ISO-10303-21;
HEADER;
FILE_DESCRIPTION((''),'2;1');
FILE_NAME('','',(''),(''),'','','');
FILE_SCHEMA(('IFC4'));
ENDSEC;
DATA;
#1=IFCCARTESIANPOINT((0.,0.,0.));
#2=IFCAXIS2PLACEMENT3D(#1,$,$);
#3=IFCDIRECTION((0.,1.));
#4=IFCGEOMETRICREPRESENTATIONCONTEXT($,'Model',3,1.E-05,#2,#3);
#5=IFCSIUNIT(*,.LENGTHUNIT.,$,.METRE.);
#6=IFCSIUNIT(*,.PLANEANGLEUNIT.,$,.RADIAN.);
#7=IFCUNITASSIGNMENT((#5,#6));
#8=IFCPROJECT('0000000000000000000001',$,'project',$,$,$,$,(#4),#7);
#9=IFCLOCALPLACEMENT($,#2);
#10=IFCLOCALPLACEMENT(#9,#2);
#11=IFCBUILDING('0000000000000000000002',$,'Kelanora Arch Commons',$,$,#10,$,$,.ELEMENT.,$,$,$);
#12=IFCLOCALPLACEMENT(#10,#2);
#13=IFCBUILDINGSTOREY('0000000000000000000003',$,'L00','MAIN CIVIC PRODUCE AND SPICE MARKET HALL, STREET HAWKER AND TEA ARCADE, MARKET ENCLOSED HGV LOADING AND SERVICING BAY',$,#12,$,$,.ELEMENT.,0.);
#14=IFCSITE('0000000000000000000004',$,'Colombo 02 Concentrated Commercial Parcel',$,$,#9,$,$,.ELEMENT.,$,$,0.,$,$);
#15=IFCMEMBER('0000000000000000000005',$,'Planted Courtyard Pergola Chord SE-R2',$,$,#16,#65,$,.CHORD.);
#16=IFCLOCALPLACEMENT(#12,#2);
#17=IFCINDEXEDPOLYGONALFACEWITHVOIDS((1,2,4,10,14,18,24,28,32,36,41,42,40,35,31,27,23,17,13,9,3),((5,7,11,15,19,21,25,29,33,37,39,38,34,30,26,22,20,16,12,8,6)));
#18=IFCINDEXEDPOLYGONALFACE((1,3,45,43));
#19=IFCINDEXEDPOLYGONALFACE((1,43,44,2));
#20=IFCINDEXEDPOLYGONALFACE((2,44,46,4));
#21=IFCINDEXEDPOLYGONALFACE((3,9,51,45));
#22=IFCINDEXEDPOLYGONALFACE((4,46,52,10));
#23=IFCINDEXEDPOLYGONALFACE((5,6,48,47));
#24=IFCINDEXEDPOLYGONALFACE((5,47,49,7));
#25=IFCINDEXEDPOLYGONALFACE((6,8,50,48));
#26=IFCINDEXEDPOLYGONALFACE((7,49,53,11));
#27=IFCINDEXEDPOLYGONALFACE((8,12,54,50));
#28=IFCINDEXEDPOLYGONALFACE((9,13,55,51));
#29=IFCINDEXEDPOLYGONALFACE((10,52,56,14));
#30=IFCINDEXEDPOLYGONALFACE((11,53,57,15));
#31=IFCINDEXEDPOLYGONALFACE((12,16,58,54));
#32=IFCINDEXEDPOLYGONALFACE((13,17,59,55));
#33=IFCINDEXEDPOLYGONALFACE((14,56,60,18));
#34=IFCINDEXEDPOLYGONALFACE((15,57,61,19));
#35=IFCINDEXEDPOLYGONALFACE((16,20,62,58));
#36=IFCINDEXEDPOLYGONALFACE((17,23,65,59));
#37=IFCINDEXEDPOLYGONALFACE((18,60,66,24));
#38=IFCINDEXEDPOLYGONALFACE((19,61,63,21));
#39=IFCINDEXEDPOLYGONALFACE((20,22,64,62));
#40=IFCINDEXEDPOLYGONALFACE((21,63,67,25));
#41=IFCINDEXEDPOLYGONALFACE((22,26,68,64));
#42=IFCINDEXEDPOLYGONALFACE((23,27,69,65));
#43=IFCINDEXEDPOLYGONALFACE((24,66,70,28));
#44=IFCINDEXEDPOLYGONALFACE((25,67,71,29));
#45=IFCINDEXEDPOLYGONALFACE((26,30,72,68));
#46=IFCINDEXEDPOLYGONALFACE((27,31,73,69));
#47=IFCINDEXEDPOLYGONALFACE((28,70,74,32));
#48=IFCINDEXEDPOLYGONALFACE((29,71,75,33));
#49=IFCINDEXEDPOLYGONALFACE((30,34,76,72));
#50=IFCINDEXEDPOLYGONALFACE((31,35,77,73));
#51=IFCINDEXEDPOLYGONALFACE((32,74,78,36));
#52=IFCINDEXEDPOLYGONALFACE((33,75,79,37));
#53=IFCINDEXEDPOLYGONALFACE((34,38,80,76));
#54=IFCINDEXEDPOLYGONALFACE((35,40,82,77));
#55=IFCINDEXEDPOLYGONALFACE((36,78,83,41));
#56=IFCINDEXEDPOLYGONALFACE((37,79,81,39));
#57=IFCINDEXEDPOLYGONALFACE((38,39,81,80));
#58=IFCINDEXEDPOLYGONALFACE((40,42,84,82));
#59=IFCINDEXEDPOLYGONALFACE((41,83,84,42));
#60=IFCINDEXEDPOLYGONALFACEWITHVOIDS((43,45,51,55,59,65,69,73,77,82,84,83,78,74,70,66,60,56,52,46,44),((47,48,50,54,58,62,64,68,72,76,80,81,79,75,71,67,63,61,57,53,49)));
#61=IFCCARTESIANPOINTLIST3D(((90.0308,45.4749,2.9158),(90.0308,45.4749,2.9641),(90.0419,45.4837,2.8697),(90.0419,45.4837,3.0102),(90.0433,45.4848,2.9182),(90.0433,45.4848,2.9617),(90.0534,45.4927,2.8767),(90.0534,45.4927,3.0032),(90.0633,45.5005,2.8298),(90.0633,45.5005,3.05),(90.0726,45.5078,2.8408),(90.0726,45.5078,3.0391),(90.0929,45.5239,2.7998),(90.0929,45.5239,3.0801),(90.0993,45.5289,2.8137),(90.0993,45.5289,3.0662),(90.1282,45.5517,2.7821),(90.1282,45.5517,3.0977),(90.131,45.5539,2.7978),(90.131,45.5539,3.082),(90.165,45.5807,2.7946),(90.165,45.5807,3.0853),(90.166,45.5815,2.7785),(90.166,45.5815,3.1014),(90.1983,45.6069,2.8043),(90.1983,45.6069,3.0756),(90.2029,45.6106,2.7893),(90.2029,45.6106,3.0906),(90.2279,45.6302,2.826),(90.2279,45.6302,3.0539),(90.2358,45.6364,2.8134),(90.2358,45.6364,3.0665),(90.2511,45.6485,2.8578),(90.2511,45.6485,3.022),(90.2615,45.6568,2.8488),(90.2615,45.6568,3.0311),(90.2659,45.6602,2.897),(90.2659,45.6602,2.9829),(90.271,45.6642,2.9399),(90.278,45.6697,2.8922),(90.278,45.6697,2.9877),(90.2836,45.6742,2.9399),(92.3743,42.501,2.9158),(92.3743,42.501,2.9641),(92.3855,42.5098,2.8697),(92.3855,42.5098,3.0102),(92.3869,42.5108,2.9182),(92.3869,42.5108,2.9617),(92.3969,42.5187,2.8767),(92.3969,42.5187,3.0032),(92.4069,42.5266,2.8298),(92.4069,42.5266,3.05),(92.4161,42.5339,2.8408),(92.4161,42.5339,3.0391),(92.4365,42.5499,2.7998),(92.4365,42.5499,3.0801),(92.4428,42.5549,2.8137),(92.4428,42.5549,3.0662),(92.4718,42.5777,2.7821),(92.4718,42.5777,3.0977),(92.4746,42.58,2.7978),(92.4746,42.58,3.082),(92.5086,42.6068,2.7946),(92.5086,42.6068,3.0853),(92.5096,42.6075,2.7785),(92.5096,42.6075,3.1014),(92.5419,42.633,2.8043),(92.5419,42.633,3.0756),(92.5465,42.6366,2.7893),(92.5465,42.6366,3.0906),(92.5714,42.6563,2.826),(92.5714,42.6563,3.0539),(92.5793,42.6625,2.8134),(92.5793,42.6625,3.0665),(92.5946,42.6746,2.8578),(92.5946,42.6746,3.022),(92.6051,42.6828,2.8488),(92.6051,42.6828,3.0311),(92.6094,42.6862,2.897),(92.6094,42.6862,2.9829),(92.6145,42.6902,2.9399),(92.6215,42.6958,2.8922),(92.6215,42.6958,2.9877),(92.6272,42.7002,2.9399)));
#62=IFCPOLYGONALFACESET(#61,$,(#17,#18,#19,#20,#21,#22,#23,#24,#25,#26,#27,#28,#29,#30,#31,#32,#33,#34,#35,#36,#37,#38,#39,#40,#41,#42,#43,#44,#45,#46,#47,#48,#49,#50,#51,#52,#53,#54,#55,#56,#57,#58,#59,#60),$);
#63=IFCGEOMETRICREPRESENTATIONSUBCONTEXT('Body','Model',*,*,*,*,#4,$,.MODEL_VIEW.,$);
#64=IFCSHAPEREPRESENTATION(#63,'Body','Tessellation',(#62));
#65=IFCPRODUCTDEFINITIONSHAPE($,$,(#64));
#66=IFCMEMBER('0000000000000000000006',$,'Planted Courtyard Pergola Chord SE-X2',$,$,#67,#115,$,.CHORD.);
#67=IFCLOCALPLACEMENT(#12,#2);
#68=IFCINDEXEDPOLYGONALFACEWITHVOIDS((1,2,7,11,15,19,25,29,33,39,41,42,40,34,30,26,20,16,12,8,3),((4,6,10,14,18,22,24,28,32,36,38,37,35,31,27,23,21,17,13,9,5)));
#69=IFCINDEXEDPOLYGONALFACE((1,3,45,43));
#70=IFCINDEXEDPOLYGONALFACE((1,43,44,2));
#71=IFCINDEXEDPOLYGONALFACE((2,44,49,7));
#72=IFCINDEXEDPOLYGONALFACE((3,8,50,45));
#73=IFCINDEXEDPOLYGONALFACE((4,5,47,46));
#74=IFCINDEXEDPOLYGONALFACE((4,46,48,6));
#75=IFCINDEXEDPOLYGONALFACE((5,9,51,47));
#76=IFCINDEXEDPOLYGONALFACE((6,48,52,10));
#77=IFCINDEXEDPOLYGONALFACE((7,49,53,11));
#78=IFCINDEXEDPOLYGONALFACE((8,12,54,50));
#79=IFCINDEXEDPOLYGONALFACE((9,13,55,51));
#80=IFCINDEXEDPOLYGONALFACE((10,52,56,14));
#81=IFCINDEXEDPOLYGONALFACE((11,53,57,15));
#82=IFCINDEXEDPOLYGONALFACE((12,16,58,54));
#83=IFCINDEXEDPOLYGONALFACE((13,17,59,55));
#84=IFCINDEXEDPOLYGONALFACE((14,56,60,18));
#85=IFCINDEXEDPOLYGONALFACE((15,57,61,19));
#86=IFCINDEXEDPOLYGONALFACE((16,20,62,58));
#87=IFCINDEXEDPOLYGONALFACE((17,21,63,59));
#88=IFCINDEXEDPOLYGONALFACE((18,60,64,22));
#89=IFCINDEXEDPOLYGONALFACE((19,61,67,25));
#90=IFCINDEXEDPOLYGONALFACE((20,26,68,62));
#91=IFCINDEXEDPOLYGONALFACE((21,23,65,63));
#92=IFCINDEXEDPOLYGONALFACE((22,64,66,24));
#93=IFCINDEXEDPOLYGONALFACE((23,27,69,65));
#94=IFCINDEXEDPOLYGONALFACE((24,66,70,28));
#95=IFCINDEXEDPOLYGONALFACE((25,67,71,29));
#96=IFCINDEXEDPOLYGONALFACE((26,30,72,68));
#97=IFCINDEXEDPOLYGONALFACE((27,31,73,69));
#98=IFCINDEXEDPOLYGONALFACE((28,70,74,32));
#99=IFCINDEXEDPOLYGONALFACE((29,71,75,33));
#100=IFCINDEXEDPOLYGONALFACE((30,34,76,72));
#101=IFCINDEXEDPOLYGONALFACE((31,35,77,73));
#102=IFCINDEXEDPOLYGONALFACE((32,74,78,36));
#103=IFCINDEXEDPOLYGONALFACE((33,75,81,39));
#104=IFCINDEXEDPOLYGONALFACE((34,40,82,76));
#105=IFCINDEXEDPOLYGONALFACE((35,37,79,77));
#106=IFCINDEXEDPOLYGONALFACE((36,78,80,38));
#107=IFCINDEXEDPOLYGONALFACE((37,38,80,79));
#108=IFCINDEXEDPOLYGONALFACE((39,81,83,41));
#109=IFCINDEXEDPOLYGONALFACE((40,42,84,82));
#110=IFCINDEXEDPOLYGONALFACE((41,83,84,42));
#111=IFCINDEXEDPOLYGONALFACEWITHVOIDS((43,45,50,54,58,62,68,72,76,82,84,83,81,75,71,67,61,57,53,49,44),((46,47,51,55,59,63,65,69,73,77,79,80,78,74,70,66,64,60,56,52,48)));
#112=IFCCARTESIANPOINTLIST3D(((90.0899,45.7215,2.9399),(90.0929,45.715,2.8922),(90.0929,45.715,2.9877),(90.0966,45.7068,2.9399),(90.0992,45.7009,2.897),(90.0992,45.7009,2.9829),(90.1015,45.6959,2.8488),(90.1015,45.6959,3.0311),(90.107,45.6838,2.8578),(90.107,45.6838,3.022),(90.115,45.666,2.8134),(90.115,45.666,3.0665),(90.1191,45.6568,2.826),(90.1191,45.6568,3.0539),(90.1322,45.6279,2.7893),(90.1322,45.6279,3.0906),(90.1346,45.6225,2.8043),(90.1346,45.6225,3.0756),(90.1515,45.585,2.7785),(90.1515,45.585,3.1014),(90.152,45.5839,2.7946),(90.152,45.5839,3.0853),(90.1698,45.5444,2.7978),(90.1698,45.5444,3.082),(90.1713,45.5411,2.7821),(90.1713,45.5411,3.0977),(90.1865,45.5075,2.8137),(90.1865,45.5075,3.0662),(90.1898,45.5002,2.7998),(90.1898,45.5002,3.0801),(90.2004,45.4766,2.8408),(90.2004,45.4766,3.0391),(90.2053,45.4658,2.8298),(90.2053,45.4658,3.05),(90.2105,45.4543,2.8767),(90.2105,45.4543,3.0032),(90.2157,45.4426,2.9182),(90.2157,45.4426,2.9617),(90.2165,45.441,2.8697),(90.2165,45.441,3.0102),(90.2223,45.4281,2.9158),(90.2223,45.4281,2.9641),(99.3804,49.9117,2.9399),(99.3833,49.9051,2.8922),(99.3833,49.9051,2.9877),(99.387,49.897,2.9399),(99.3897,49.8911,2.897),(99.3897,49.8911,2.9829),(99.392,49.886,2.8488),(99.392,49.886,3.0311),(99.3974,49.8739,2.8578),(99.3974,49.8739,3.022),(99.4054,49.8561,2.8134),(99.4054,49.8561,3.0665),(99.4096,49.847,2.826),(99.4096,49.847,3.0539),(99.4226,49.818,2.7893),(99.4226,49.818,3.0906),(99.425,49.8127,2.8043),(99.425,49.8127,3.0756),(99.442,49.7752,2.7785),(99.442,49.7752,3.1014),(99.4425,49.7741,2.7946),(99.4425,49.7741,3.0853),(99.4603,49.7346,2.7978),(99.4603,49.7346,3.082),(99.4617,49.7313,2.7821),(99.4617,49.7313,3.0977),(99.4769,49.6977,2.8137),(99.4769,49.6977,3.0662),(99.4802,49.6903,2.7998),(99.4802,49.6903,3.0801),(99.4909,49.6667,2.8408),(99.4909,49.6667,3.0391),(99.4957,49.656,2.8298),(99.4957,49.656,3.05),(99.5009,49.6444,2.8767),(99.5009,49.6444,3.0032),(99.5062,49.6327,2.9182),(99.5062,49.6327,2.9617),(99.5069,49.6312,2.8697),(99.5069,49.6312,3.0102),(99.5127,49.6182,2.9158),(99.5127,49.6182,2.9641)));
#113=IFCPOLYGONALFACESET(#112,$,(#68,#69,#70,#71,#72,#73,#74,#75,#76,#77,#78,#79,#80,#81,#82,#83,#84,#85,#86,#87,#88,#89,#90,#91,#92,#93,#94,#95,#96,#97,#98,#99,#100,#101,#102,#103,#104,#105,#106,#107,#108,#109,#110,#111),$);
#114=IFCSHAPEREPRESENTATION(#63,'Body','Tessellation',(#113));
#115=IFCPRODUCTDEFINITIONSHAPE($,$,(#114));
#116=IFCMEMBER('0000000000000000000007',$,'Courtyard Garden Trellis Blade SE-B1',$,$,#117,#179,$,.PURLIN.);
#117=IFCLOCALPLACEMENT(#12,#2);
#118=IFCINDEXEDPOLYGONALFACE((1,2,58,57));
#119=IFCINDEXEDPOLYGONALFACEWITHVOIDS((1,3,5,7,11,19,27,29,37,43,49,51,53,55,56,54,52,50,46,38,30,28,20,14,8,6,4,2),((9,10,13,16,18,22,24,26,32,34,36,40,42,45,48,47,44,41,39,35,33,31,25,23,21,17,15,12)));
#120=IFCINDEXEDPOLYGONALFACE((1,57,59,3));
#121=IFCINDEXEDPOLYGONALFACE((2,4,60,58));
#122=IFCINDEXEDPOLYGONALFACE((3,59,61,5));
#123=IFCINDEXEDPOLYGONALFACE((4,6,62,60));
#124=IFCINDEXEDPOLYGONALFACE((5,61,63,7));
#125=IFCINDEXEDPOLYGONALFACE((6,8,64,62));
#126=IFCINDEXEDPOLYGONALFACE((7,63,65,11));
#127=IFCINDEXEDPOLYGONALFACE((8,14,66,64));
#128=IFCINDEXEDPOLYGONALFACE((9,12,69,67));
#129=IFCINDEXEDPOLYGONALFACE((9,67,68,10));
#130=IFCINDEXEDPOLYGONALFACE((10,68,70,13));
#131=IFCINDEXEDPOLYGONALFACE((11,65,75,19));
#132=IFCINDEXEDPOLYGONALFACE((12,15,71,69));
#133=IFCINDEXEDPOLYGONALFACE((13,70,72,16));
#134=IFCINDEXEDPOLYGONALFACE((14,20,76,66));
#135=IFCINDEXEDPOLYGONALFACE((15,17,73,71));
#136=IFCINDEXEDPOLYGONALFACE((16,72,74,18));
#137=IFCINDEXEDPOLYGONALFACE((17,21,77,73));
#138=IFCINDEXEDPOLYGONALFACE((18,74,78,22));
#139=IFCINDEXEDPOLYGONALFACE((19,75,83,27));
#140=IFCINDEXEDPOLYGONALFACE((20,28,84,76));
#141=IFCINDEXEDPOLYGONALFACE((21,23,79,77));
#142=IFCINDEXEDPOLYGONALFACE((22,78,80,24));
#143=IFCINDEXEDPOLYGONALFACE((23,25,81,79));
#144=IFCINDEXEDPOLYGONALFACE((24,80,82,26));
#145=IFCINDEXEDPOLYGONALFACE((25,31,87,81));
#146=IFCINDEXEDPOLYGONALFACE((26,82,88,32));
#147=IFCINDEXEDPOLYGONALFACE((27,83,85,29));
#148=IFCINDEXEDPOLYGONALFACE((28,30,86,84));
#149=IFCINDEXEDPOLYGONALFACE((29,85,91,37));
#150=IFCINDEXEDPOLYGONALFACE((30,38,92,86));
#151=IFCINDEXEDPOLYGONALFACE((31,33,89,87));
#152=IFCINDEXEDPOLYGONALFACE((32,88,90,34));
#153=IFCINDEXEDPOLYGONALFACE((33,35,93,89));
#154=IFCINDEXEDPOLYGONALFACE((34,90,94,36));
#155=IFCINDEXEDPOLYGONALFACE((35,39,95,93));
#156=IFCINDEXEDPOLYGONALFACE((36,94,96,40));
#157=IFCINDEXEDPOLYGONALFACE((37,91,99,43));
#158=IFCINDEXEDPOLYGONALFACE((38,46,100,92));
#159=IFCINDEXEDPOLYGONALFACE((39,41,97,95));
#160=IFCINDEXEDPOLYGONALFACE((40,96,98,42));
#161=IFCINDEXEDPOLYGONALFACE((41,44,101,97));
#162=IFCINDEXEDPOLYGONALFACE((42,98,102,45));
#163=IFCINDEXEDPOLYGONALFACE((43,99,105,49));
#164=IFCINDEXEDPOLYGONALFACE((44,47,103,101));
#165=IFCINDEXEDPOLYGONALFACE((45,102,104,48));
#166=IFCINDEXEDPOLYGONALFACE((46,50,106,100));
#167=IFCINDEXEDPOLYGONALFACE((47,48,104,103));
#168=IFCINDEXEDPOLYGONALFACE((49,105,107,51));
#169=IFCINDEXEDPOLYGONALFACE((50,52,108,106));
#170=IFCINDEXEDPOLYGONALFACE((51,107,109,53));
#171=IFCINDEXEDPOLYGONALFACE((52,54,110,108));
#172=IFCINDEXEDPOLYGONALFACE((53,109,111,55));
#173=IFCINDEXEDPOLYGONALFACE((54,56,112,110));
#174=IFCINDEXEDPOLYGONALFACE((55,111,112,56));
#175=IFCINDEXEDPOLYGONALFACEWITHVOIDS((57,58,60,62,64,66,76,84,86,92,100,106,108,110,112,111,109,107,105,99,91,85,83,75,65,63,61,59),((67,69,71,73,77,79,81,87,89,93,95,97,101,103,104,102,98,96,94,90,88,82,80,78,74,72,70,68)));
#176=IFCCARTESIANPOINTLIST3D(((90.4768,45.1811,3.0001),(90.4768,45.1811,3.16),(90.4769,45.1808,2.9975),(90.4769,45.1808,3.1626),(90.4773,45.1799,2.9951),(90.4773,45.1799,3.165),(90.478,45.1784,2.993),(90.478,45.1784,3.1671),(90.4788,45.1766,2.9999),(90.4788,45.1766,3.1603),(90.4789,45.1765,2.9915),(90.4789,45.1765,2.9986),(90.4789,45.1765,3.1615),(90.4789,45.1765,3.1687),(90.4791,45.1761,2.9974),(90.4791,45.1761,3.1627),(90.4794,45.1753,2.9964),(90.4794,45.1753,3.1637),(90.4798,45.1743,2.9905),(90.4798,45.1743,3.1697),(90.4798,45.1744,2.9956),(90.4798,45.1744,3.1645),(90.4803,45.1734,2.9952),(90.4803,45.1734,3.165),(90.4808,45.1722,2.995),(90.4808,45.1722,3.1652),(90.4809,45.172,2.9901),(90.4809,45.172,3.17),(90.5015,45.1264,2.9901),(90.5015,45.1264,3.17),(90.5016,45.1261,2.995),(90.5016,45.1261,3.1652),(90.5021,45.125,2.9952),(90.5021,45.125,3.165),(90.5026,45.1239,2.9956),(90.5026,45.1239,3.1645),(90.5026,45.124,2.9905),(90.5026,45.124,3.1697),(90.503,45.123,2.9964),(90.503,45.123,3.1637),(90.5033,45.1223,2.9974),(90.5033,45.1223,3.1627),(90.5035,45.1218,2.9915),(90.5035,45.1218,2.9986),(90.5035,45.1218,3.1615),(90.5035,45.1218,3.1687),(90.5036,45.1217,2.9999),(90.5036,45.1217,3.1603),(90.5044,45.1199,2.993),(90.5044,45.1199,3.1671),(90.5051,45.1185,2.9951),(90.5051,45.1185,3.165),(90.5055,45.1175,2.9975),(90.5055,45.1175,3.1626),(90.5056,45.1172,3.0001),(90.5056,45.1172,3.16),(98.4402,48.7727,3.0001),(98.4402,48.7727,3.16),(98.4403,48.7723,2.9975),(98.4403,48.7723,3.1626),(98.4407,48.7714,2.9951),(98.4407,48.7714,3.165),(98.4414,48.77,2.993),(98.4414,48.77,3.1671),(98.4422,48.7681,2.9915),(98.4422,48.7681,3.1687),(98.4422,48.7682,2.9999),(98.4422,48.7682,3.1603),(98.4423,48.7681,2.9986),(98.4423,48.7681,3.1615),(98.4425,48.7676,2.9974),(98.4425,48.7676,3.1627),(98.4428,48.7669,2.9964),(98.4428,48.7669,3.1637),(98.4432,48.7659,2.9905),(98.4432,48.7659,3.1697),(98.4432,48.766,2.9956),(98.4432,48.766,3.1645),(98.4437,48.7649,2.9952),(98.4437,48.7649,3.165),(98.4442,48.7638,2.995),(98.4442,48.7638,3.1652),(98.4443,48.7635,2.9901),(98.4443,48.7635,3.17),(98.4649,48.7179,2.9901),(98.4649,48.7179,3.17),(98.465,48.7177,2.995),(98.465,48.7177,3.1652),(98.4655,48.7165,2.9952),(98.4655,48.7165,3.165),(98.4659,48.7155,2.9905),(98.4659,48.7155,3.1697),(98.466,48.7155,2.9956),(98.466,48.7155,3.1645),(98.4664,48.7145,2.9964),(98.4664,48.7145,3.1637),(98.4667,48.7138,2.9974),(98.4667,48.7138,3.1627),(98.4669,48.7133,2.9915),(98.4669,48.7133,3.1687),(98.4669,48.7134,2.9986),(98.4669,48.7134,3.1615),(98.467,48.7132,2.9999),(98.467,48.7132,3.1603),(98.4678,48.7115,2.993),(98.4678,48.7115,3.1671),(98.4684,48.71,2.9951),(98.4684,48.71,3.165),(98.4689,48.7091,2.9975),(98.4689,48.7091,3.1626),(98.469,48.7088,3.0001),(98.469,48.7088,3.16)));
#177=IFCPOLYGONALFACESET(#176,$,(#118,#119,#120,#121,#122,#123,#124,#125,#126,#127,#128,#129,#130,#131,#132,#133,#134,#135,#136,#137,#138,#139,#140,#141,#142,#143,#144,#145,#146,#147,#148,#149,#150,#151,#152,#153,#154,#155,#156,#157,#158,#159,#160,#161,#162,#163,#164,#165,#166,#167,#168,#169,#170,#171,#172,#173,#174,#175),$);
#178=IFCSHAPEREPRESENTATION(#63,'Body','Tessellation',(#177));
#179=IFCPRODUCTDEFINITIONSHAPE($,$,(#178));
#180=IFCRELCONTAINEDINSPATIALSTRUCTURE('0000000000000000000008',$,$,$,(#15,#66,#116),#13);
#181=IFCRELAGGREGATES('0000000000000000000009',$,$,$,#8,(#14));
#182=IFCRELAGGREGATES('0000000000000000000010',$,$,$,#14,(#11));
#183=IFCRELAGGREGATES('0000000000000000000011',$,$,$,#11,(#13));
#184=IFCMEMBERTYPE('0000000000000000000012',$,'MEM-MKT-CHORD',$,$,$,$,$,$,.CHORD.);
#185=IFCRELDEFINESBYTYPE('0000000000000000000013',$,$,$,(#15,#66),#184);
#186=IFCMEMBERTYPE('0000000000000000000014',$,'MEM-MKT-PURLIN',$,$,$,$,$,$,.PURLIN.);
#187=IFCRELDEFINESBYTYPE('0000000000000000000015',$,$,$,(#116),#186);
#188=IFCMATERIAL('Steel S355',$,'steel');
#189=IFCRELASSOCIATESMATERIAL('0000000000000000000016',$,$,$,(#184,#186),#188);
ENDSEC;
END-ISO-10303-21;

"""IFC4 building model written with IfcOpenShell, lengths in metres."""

from ifc_helpers import new_model, si_unit, direction, frame, origin, origin_2d, place, context, subcontext, project, spatial, hollow_rectangle, hollow_circle, extrude, material, material_profile, profile_set, type_object, element, save


model = new_model("IFC4")

# Units and contexts
model_context = context("Model", 3, precision=1e-05, world=origin(), true_north=direction((0.0, 1.0)))
body_context = subcontext(model_context, "Body", "Model", "MODEL_VIEW")
ifc_project = project(units=[si_unit("LENGTHUNIT", "METRE"), si_unit("PLANEANGLEUNIT", "RADIAN")], contexts=[model_context])

# Site, building, storey
site_placement = place(None, origin())
site = spatial("IfcSite", under=ifc_project, at=site_placement, Name="Colombo 02 Concentrated Commercial Parcel", CompositionType="ELEMENT", RefElevation=0.0)
building_placement = place(site_placement, origin())
building = spatial("IfcBuilding", under=site, at=building_placement, Name="Kelanora Arch Commons", CompositionType="ELEMENT")
storey_placement = place(building_placement, origin())
storey = spatial("IfcBuildingStorey", under=building, at=storey_placement, Name="L00", Description="MAIN CIVIC PRODUCE AND SPICE MARKET HALL, STREET HAWKER AND TEA ARCADE, MARKET ENCLOSED HGV LOADING AND SERVICING BAY", CompositionType="ELEMENT", Elevation=0.0)

# Shared definitions
ifc_material_1 = material(Name="Steel S355", Category="steel")

# Members
ifc_material_profile_1 = material_profile(ifc_material_1, hollow_circle(Radius=0.1619, WallThickness=0.0161, at=origin_2d()), Name="CHS323.9x16")
ifc_profile_set_1 = profile_set([ifc_material_profile_1], Name="Steel S355")
member_type_1 = type_object("IfcMemberType", Name="MEM-MKT-CHORD", PredefinedType="CHORD", material=ifc_profile_set_1)
member_1_placement = place(storey_placement, frame((90.1565, 45.574, 2.9399), z_axis=(0.618946, -0.785434, 0.0), x_axis=(0.785434, 0.618946, 0.0)))
element("IfcMember", 1, at=member_1_placement, inside=storey, type_object=member_type_1, Name="Planted Courtyard Pergola Chord SE-R2", PredefinedType="CHORD", context=body_context, shape_type="SweptSolid", body=[
    extrude(hollow_circle(Radius=0.1619, WallThickness=0.0161, at=origin_2d()), origin(), (0.0, 0.0, 1.0), 3.7864),
])
member_2_placement = place(storey_placement, frame((90.1565, 45.574, 2.9399), z_axis=(0.911574, 0.411135, 0.0), x_axis=(-0.411135, 0.911574, 0.0)))
element("IfcMember", 2, at=member_2_placement, inside=storey, type_object=member_type_1, Name="Planted Courtyard Pergola Chord SE-X2", PredefinedType="CHORD", context=body_context, shape_type="SweptSolid", body=[
    extrude(hollow_circle(Radius=0.1619, WallThickness=0.0161, at=origin_2d()), origin(), (0.0, 0.0, 1.0), 10.1917),
])
ifc_material_profile_2 = material_profile(ifc_material_1, hollow_rectangle(XDim=0.0701, YDim=0.1799, WallThickness=0.0049, InnerFilletRadius=0.0049, OuterFilletRadius=0.01, at=origin_2d()), Name="RHS180x70x5")
ifc_profile_set_2 = profile_set([ifc_material_profile_2], Name="Steel S355")
member_type_2 = type_object("IfcMemberType", Name="MEM-MKT-PURLIN", PredefinedType="PURLIN", material=ifc_profile_set_2)
member_3_placement = place(storey_placement, frame((98.4546, 48.7407, 3.0801), z_axis=(-0.911577, -0.411129, 0.0), x_axis=(0.411129, -0.911577, 0.0)))
element("IfcMember", 3, at=member_3_placement, inside=storey, type_object=member_type_2, Name="Courtyard Garden Trellis Blade SE-B1", PredefinedType="PURLIN", context=body_context, shape_type="SweptSolid", body=[
    extrude(hollow_rectangle(XDim=0.0701, YDim=0.1799, WallThickness=0.0049, InnerFilletRadius=0.0049, OuterFilletRadius=0.01, at=origin_2d()), origin(), (0.0, 0.0, 1.0), 8.7358),
])

save(model, "model.ifc")
